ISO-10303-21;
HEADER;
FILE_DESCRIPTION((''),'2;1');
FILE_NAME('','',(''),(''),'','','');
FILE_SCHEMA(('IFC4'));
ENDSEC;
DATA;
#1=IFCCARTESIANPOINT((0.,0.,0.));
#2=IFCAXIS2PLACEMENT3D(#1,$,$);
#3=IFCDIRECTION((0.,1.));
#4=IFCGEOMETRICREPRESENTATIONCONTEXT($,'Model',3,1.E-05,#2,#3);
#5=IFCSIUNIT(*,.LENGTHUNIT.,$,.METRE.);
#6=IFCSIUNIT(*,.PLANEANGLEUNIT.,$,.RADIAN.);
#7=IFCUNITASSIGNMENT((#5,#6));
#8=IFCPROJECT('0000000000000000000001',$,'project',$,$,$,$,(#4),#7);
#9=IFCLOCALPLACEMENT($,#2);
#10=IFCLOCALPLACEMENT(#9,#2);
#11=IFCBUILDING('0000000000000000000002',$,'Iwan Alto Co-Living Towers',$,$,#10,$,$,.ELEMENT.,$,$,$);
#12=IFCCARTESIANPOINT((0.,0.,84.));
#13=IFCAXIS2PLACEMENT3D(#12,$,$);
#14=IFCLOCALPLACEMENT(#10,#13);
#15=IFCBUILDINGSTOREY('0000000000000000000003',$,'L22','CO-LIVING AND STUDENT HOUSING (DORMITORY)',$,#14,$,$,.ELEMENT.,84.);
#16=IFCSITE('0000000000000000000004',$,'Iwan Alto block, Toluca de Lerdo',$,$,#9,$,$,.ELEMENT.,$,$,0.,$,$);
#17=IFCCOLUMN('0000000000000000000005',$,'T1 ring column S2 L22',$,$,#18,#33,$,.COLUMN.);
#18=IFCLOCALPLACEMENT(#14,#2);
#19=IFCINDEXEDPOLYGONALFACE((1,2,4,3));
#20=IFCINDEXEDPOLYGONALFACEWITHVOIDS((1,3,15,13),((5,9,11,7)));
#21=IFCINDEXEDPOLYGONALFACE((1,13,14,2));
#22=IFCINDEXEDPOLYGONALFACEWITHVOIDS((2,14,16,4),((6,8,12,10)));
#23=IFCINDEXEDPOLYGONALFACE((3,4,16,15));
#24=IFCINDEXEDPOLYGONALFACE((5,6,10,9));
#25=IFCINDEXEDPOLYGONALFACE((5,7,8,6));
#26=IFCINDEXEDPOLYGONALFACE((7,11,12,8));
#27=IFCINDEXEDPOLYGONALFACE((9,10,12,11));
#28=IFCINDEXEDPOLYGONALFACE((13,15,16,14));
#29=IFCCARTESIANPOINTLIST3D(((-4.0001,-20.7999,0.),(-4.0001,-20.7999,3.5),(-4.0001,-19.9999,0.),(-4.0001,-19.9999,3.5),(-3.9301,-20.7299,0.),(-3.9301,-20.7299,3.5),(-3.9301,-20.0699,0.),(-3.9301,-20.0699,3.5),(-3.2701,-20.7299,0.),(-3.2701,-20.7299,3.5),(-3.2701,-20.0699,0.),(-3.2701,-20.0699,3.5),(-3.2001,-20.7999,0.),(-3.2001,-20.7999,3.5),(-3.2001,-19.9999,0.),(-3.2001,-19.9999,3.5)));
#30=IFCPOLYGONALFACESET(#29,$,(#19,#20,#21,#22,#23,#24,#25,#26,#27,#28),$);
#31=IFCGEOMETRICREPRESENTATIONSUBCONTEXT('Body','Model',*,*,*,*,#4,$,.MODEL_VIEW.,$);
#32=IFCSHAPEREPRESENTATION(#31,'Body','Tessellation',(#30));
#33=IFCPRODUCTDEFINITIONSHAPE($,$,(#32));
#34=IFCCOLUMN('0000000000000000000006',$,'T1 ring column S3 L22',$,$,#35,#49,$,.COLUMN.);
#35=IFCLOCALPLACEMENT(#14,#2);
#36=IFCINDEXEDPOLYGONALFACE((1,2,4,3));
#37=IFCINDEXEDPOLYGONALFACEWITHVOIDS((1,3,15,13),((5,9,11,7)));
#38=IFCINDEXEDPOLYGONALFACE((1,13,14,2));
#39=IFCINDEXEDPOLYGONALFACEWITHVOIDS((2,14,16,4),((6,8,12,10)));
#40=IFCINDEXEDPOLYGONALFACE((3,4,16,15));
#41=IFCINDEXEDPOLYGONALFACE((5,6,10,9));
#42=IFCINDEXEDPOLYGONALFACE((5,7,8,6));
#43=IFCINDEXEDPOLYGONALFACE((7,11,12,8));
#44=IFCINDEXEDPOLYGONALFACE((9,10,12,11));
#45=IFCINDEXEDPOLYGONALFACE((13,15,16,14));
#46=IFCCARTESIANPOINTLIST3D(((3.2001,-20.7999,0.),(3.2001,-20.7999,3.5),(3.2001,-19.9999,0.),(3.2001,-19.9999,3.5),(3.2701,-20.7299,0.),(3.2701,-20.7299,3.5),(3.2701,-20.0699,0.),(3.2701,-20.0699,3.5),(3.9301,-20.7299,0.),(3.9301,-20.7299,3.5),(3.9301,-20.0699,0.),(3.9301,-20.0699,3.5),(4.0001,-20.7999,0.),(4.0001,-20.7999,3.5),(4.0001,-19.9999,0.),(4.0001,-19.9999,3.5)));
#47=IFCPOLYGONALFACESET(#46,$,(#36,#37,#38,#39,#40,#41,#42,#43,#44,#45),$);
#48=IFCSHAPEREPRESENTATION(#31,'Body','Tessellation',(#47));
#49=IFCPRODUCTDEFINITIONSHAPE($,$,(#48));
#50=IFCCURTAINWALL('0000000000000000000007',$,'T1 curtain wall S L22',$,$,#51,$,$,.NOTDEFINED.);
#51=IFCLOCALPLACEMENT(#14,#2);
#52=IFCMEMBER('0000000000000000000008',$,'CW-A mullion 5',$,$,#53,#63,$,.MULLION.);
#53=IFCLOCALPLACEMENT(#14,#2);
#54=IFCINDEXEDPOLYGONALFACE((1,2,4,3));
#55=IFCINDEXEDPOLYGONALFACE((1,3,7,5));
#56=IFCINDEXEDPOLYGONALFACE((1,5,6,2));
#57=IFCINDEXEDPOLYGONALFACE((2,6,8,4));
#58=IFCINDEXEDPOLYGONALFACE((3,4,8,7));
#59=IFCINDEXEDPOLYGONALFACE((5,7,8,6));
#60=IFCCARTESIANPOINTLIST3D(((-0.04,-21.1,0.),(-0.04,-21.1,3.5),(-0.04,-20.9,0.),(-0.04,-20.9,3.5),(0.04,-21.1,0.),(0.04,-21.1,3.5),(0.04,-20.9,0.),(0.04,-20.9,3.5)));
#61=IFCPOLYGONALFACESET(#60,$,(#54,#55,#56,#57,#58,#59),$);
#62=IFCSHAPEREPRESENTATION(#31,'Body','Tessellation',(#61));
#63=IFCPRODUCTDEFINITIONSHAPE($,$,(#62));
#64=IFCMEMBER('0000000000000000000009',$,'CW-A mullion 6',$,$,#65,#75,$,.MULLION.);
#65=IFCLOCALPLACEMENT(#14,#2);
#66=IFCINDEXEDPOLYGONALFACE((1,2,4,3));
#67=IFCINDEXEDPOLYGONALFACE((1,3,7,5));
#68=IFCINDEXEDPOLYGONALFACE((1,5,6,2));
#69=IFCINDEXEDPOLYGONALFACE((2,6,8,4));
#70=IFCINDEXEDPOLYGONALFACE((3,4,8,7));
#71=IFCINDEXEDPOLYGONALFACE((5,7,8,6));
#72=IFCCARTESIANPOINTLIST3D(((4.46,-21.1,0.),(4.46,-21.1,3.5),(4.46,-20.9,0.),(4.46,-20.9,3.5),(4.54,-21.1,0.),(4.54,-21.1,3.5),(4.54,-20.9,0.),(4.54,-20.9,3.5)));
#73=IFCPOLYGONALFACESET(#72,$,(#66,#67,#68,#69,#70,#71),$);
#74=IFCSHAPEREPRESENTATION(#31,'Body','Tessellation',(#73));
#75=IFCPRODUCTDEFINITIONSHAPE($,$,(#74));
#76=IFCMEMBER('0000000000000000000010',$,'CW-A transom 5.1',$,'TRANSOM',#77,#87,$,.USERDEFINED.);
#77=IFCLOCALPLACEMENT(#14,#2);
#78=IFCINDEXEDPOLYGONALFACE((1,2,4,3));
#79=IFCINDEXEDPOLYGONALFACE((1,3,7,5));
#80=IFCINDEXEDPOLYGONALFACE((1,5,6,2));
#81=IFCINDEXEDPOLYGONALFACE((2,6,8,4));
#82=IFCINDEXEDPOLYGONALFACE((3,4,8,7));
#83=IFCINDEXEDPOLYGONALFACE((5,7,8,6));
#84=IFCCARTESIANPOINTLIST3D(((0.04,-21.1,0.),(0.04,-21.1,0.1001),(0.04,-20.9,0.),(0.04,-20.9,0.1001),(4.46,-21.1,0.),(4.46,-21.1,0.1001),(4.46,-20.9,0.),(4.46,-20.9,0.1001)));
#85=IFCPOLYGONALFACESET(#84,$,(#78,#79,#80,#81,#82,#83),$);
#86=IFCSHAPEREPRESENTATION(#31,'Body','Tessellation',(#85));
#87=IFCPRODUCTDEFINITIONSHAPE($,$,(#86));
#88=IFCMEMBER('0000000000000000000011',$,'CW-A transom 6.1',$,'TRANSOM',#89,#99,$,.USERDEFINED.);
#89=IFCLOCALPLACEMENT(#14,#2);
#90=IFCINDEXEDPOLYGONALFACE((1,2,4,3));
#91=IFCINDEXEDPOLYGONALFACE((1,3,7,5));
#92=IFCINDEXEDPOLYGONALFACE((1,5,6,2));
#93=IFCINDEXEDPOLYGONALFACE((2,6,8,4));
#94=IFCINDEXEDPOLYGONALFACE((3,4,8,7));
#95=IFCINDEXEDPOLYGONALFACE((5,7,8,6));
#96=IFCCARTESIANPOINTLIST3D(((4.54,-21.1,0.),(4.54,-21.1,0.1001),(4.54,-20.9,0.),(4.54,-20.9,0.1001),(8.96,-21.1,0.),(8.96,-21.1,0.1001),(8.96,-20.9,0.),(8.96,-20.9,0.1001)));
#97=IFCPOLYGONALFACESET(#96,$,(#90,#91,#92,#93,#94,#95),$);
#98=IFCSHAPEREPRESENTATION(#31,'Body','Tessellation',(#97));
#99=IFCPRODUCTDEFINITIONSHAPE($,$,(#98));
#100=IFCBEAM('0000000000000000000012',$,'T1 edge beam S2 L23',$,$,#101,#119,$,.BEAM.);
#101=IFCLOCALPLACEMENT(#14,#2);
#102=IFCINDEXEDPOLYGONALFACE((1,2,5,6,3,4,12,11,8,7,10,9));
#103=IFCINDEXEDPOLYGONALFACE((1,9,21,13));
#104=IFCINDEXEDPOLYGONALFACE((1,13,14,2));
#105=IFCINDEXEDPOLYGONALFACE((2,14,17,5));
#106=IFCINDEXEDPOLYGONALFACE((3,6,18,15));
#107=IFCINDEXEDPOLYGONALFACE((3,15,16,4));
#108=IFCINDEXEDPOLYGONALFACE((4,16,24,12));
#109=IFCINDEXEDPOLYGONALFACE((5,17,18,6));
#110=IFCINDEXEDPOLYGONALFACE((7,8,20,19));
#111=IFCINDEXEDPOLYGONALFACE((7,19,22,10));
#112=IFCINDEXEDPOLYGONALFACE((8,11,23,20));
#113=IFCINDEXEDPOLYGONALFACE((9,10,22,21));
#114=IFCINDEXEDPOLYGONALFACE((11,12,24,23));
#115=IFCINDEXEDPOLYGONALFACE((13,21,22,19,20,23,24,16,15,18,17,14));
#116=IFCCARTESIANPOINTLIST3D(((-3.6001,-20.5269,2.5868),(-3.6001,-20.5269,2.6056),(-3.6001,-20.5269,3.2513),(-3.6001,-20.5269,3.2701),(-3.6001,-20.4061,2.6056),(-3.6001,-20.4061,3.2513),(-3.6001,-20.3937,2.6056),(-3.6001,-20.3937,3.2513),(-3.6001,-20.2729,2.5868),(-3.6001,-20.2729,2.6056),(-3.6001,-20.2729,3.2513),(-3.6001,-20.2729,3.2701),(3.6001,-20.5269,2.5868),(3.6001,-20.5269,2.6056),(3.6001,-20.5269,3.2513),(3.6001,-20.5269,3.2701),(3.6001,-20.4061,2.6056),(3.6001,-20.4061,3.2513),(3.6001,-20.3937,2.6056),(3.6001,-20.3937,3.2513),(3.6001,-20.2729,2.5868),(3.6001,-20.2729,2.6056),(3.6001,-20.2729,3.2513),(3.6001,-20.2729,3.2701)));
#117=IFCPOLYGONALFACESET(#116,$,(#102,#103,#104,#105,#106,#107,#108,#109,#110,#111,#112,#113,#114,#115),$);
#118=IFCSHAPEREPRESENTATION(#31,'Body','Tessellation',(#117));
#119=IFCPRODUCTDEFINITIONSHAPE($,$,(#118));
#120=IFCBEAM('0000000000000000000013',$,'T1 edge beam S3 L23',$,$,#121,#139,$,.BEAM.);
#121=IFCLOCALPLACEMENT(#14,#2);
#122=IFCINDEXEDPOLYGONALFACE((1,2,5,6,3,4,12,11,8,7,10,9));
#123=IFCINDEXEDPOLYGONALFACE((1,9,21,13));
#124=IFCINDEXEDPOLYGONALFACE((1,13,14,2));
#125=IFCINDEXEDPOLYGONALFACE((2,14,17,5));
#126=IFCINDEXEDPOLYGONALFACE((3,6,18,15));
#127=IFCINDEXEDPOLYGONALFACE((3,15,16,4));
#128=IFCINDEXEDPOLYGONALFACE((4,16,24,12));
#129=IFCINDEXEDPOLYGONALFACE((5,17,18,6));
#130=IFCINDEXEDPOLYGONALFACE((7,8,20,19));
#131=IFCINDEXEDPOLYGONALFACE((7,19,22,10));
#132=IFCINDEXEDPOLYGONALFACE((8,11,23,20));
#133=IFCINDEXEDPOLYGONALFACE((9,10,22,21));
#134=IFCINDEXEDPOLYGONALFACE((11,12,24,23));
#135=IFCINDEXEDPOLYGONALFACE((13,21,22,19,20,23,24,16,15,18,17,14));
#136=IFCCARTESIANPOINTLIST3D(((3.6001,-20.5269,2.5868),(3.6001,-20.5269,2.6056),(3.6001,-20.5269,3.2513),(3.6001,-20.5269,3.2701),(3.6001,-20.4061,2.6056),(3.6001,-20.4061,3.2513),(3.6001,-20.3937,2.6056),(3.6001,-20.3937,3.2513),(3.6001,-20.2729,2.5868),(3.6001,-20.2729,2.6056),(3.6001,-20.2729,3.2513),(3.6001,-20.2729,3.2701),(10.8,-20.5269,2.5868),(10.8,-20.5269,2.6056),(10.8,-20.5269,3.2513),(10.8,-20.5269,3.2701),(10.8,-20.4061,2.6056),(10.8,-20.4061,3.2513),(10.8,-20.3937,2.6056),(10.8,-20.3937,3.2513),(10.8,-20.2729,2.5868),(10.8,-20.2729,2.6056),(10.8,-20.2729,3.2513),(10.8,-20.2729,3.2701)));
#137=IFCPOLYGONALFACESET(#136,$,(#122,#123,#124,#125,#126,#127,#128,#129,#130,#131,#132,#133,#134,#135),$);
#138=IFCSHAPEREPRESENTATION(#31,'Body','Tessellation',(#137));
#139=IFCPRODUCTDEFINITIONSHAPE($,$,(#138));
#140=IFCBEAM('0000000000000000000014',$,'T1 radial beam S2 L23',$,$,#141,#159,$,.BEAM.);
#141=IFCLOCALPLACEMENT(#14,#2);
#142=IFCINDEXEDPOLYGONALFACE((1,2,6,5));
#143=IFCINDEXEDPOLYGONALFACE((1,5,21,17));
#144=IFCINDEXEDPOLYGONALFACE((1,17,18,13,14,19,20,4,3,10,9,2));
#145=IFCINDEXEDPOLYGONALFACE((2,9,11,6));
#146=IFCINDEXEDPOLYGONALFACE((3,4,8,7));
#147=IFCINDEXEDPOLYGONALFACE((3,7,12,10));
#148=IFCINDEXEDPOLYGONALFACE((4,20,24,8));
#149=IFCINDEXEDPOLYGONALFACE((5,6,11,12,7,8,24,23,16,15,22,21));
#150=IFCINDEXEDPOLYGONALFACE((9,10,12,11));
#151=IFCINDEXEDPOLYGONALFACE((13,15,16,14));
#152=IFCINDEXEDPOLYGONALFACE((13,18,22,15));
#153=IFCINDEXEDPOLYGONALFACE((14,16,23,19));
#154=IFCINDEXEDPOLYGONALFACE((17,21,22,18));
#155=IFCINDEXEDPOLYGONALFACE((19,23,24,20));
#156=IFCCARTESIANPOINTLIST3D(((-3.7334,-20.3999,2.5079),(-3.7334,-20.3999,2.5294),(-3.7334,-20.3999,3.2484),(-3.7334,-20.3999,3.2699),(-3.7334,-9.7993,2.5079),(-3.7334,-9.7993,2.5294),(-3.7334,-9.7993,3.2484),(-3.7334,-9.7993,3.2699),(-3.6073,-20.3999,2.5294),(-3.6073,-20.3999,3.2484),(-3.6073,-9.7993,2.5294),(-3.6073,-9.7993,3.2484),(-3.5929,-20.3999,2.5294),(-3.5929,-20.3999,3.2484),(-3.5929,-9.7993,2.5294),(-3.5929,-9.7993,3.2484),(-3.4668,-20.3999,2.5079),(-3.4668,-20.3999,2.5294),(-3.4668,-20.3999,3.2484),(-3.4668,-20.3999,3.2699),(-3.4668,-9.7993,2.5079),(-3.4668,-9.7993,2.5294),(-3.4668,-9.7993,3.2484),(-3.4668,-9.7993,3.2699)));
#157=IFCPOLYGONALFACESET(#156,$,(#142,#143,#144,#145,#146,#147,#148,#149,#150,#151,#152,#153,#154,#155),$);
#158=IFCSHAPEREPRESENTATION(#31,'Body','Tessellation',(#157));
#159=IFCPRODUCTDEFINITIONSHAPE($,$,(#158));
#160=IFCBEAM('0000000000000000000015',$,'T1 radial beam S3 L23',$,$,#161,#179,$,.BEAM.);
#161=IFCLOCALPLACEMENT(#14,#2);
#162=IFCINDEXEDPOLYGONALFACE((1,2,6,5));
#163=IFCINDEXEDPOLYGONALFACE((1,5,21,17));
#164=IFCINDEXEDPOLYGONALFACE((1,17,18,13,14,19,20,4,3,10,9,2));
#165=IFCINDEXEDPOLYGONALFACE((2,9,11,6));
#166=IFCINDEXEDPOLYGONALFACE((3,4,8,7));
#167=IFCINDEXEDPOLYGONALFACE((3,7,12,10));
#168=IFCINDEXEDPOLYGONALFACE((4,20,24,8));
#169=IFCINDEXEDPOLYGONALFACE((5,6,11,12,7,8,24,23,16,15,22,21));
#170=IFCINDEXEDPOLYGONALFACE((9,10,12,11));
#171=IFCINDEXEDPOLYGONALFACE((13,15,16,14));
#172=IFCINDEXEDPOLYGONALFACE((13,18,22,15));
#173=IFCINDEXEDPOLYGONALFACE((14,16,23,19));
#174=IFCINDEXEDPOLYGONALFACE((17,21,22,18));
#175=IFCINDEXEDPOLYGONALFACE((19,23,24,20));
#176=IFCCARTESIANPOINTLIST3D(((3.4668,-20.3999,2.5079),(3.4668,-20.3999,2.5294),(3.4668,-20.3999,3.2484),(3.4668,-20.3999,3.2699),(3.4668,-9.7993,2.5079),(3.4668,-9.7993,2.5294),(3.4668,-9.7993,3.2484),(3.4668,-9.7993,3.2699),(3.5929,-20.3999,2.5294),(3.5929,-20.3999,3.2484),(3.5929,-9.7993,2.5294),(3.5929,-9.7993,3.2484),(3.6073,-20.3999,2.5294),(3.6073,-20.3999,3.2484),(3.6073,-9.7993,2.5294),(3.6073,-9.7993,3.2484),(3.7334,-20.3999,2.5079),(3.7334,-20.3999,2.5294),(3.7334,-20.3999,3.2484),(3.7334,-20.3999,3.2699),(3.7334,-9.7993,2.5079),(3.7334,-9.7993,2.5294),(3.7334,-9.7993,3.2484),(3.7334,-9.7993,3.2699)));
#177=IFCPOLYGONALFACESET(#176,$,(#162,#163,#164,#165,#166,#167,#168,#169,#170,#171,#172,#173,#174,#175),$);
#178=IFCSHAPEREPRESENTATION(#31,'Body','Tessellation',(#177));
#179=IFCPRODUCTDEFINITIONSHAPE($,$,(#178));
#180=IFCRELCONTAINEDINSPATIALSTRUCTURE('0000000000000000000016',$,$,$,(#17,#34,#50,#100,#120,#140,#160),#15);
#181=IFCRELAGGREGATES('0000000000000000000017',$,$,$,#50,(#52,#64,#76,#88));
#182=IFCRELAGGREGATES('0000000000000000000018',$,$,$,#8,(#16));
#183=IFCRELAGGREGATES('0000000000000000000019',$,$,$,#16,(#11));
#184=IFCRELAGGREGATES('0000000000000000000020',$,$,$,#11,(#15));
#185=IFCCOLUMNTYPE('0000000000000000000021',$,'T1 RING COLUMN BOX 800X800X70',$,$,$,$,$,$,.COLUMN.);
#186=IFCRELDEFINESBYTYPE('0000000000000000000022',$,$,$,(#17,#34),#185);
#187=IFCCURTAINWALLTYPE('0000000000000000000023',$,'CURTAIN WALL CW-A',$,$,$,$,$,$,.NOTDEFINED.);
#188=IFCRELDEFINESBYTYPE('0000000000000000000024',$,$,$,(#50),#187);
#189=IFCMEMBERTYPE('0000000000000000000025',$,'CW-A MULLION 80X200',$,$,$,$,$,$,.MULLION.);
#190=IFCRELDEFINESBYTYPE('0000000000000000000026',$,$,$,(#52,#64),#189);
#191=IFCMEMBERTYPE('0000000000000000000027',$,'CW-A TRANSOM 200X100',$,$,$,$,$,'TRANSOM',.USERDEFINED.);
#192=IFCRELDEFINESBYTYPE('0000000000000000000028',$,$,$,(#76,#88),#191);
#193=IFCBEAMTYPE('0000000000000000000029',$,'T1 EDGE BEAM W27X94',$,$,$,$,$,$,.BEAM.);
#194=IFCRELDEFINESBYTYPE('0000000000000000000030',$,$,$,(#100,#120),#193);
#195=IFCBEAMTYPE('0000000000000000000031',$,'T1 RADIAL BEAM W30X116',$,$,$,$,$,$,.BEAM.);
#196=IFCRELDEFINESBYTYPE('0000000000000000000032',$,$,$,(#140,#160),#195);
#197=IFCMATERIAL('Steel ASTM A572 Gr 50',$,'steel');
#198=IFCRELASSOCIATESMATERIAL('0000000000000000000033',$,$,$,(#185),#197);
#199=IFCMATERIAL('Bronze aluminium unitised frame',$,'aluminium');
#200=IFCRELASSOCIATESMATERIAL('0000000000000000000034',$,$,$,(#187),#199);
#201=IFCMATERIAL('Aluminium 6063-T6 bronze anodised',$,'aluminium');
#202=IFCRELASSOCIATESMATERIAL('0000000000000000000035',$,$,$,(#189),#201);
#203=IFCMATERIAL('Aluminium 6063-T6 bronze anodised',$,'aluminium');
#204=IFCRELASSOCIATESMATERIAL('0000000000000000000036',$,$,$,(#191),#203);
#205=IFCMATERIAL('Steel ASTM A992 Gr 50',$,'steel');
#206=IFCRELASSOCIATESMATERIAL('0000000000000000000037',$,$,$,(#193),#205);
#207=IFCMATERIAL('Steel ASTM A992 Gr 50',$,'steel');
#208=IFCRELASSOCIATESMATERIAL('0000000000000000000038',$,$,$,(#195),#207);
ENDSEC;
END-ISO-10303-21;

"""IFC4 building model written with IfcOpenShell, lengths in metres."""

from ifc_helpers import new_model, si_unit, direction, frame, origin, origin_2d, place, context, subcontext, project, spatial, rectangle, hollow_rectangle, i_section, extrude, material, material_profile, profile_set, type_object, element, aggregate, save


model = new_model("IFC4")

# Units and contexts
model_context = context("Model", 3, precision=1e-05, world=origin(), true_north=direction((0.0, 1.0)))
body_context = subcontext(model_context, "Body", "Model", "MODEL_VIEW")
ifc_project = project(units=[si_unit("LENGTHUNIT", "METRE"), si_unit("PLANEANGLEUNIT", "RADIAN")], contexts=[model_context])

# Site, building, storey
site_placement = place(None, origin())
site = spatial("IfcSite", under=ifc_project, at=site_placement, Name="Iwan Alto block, Toluca de Lerdo", CompositionType="ELEMENT", RefElevation=0.0)
building_placement = place(site_placement, origin())
building = spatial("IfcBuilding", under=site, at=building_placement, Name="Iwan Alto Co-Living Towers", CompositionType="ELEMENT")
storey_placement = place(building_placement, frame((0.0, 0.0, 84.0)))
storey = spatial("IfcBuildingStorey", under=building, at=storey_placement, Name="L22", Description="CO-LIVING AND STUDENT HOUSING (DORMITORY)", CompositionType="ELEMENT", Elevation=84.0)

# Columns
ifc_material_1 = material(Name="Steel ASTM A572 Gr 50", Category="steel")
ifc_material_profile_1 = material_profile(ifc_material_1, hollow_rectangle(XDim=0.8, YDim=0.8, WallThickness=0.0701, at=origin_2d()), Name="BOX 800X800X70")
ifc_profile_set_1 = profile_set([ifc_material_profile_1], Name="Steel ASTM A572 Gr 50")
column_type = type_object("IfcColumnType", Name="T1 RING COLUMN BOX 800X800X70", PredefinedType="COLUMN", material=ifc_profile_set_1)
for number, where, z_axis, x_axis, name in (
    (1, (-3.6001, -20.3999, 0.0), (0.0, 0.0, 1.0), (1.0, 0.0, 0.0), "T1 ring column S2 L22"),
    (2, (3.6001, -20.3999, 0.0), (0.0, 0.0, 1.0), (1.0, 0.0, 0.0), "T1 ring column S3 L22"),
):
    element("IfcColumn", number, at=place(storey_placement, frame(where, z_axis=z_axis, x_axis=x_axis)), inside=storey, type_object=column_type, Name=name, PredefinedType="COLUMN", context=body_context, shape_type="SweptSolid", body=[
        extrude(hollow_rectangle(XDim=0.8, YDim=0.8, WallThickness=0.0701, at=origin_2d()), origin(), (0.0, 0.0, 1.0), 3.5),
    ])

# Curtain wall, members
ifc_material_2 = material(Name="Bronze aluminium unitised frame", Category="aluminium")
curtain_wall_type = type_object("IfcCurtainWallType", Name="CURTAIN WALL CW-A", PredefinedType="NOTDEFINED", material=ifc_material_2)
curtain_wall_placement = place(storey_placement, origin())
curtain_wall = element("IfcCurtainWall", 3, at=curtain_wall_placement, inside=storey, type_object=curtain_wall_type, Name="T1 curtain wall S L22", PredefinedType="NOTDEFINED")
ifc_material_3 = material(Name="Aluminium 6063-T6 bronze anodised", Category="aluminium")
ifc_material_profile_2 = material_profile(ifc_material_3, rectangle(XDim=0.2, YDim=0.0801, at=origin_2d()), Name="AL 80X200")
ifc_profile_set_2 = profile_set([ifc_material_profile_2], Name="Aluminium 6063-T6 bronze anodised")
member_type_1 = type_object("IfcMemberType", Name="CW-A MULLION 80X200", PredefinedType="MULLION", material=ifc_profile_set_2)
member_1_placement = place(storey_placement, frame((0.0, -21.0, 0.0), z_axis=(0.0, 0.0, 1.0), x_axis=(0.0, 1.0, 0.0)))
member_1 = element("IfcMember", 4, at=member_1_placement, type_object=member_type_1, Name="CW-A mullion 5", PredefinedType="MULLION", context=body_context, shape_type="SweptSolid", body=[
    extrude(rectangle(XDim=0.2, YDim=0.0801, at=origin_2d()), origin(), (0.0, 0.0, 1.0), 3.5),
])
member_2_placement = place(storey_placement, frame((4.5, -21.0, 0.0), z_axis=(0.0, 0.0, 1.0), x_axis=(0.0, 1.0, 0.0)))
member_2 = element("IfcMember", 5, at=member_2_placement, type_object=member_type_1, Name="CW-A mullion 6", PredefinedType="MULLION", context=body_context, shape_type="SweptSolid", body=[
    extrude(rectangle(XDim=0.2, YDim=0.0801, at=origin_2d()), origin(), (0.0, 0.0, 1.0), 3.5),
])
ifc_material_4 = material(Name="Aluminium 6063-T6 bronze anodised", Category="aluminium")
ifc_material_profile_3 = material_profile(ifc_material_4, rectangle(XDim=0.2, YDim=0.1001, at=origin_2d()), Name="AL 200X100")
ifc_profile_set_3 = profile_set([ifc_material_profile_3], Name="Aluminium 6063-T6 bronze anodised")
member_type_2 = type_object("IfcMemberType", Name="CW-A TRANSOM 200X100", ElementType="TRANSOM", PredefinedType="USERDEFINED", material=ifc_profile_set_3)
member_3_placement = place(storey_placement, frame((0.04, -21.0, 0.05), z_axis=(1.0, 0.0, 0.0), x_axis=(0.0, 1.0, 0.0)))
member_3 = element("IfcMember", 6, at=member_3_placement, type_object=member_type_2, Name="CW-A transom 5.1", ObjectType="TRANSOM", PredefinedType="USERDEFINED", context=body_context, shape_type="SweptSolid", body=[
    extrude(rectangle(XDim=0.2, YDim=0.1001, at=origin_2d()), origin(), (0.0, 0.0, 1.0), 4.4199),
])
member_4_placement = place(storey_placement, frame((4.54, -21.0, 0.05), z_axis=(1.0, 0.0, 0.0), x_axis=(0.0, 1.0, 0.0)))
member_4 = element("IfcMember", 7, at=member_4_placement, type_object=member_type_2, Name="CW-A transom 6.1", ObjectType="TRANSOM", PredefinedType="USERDEFINED", context=body_context, shape_type="SweptSolid", body=[
    extrude(rectangle(XDim=0.2, YDim=0.1001, at=origin_2d()), origin(), (0.0, 0.0, 1.0), 4.4199),
])

# Beams
ifc_material_5 = material(Name="Steel ASTM A992 Gr 50", Category="steel")
ifc_material_profile_4 = material_profile(ifc_material_5, i_section(OverallWidth=0.2539, OverallDepth=0.6833, WebThickness=0.0125, FlangeThickness=0.0188, at=origin_2d()), Name="W27X94")
ifc_profile_set_4 = profile_set([ifc_material_profile_4], Name="Steel ASTM A992 Gr 50")
beam_type_1 = type_object("IfcBeamType", Name="T1 EDGE BEAM W27X94", PredefinedType="BEAM", material=ifc_profile_set_4)
beam_1_placement = place(storey_placement, frame((-3.6001, -20.3999, 2.9285), z_axis=(1.0, 0.0, 0.0), x_axis=(0.0, 1.0, 0.0)))
element("IfcBeam", 8, at=beam_1_placement, inside=storey, type_object=beam_type_1, Name="T1 edge beam S2 L23", PredefinedType="BEAM", context=body_context, shape_type="SweptSolid", body=[
    extrude(i_section(OverallWidth=0.2539, OverallDepth=0.6833, WebThickness=0.0125, FlangeThickness=0.0188, at=origin_2d()), origin(), (0.0, 0.0, 1.0), 7.2002),
])
beam_2_placement = place(storey_placement, frame((3.6001, -20.3999, 2.9285), z_axis=(1.0, 0.0, 0.0), x_axis=(0.0, 1.0, 0.0)))
element("IfcBeam", 9, at=beam_2_placement, inside=storey, type_object=beam_type_1, Name="T1 edge beam S3 L23", PredefinedType="BEAM", context=body_context, shape_type="SweptSolid", body=[
    extrude(i_section(OverallWidth=0.2539, OverallDepth=0.6833, WebThickness=0.0125, FlangeThickness=0.0188, at=origin_2d()), origin(), (0.0, 0.0, 1.0), 7.2),
])
ifc_material_6 = material(Name="Steel ASTM A992 Gr 50", Category="steel")
ifc_material_profile_5 = material_profile(ifc_material_6, i_section(OverallWidth=0.2666, OverallDepth=0.762, WebThickness=0.0144, FlangeThickness=0.0215, at=origin_2d()), Name="W30X116")
ifc_profile_set_5 = profile_set([ifc_material_profile_5], Name="Steel ASTM A992 Gr 50")
beam_type_2 = type_object("IfcBeamType", Name="T1 RADIAL BEAM W30X116", PredefinedType="BEAM", material=ifc_profile_set_5)
for number, where, z_axis, x_axis, name in (
    (10, (-3.6001, -20.3999, 2.8889), (0.0, 1.0, 0.0), (-1.0, 0.0, 0.0), "T1 radial beam S2 L23"),
    (11, (3.6001, -20.3999, 2.8889), (0.0, 1.0, 0.0), (-1.0, 0.0, 0.0), "T1 radial beam S3 L23"),
):
    element("IfcBeam", number, at=place(storey_placement, frame(where, z_axis=z_axis, x_axis=x_axis)), inside=storey, type_object=beam_type_2, Name=name, PredefinedType="BEAM", context=body_context, shape_type="SweptSolid", body=[
        extrude(i_section(OverallWidth=0.2666, OverallDepth=0.762, WebThickness=0.0144, FlangeThickness=0.0215, at=origin_2d()), origin(), (0.0, 0.0, 1.0), 10.6006),
    ])

aggregate(curtain_wall, [member_1, member_2, member_3, member_4])

save(model, "model.ifc")
